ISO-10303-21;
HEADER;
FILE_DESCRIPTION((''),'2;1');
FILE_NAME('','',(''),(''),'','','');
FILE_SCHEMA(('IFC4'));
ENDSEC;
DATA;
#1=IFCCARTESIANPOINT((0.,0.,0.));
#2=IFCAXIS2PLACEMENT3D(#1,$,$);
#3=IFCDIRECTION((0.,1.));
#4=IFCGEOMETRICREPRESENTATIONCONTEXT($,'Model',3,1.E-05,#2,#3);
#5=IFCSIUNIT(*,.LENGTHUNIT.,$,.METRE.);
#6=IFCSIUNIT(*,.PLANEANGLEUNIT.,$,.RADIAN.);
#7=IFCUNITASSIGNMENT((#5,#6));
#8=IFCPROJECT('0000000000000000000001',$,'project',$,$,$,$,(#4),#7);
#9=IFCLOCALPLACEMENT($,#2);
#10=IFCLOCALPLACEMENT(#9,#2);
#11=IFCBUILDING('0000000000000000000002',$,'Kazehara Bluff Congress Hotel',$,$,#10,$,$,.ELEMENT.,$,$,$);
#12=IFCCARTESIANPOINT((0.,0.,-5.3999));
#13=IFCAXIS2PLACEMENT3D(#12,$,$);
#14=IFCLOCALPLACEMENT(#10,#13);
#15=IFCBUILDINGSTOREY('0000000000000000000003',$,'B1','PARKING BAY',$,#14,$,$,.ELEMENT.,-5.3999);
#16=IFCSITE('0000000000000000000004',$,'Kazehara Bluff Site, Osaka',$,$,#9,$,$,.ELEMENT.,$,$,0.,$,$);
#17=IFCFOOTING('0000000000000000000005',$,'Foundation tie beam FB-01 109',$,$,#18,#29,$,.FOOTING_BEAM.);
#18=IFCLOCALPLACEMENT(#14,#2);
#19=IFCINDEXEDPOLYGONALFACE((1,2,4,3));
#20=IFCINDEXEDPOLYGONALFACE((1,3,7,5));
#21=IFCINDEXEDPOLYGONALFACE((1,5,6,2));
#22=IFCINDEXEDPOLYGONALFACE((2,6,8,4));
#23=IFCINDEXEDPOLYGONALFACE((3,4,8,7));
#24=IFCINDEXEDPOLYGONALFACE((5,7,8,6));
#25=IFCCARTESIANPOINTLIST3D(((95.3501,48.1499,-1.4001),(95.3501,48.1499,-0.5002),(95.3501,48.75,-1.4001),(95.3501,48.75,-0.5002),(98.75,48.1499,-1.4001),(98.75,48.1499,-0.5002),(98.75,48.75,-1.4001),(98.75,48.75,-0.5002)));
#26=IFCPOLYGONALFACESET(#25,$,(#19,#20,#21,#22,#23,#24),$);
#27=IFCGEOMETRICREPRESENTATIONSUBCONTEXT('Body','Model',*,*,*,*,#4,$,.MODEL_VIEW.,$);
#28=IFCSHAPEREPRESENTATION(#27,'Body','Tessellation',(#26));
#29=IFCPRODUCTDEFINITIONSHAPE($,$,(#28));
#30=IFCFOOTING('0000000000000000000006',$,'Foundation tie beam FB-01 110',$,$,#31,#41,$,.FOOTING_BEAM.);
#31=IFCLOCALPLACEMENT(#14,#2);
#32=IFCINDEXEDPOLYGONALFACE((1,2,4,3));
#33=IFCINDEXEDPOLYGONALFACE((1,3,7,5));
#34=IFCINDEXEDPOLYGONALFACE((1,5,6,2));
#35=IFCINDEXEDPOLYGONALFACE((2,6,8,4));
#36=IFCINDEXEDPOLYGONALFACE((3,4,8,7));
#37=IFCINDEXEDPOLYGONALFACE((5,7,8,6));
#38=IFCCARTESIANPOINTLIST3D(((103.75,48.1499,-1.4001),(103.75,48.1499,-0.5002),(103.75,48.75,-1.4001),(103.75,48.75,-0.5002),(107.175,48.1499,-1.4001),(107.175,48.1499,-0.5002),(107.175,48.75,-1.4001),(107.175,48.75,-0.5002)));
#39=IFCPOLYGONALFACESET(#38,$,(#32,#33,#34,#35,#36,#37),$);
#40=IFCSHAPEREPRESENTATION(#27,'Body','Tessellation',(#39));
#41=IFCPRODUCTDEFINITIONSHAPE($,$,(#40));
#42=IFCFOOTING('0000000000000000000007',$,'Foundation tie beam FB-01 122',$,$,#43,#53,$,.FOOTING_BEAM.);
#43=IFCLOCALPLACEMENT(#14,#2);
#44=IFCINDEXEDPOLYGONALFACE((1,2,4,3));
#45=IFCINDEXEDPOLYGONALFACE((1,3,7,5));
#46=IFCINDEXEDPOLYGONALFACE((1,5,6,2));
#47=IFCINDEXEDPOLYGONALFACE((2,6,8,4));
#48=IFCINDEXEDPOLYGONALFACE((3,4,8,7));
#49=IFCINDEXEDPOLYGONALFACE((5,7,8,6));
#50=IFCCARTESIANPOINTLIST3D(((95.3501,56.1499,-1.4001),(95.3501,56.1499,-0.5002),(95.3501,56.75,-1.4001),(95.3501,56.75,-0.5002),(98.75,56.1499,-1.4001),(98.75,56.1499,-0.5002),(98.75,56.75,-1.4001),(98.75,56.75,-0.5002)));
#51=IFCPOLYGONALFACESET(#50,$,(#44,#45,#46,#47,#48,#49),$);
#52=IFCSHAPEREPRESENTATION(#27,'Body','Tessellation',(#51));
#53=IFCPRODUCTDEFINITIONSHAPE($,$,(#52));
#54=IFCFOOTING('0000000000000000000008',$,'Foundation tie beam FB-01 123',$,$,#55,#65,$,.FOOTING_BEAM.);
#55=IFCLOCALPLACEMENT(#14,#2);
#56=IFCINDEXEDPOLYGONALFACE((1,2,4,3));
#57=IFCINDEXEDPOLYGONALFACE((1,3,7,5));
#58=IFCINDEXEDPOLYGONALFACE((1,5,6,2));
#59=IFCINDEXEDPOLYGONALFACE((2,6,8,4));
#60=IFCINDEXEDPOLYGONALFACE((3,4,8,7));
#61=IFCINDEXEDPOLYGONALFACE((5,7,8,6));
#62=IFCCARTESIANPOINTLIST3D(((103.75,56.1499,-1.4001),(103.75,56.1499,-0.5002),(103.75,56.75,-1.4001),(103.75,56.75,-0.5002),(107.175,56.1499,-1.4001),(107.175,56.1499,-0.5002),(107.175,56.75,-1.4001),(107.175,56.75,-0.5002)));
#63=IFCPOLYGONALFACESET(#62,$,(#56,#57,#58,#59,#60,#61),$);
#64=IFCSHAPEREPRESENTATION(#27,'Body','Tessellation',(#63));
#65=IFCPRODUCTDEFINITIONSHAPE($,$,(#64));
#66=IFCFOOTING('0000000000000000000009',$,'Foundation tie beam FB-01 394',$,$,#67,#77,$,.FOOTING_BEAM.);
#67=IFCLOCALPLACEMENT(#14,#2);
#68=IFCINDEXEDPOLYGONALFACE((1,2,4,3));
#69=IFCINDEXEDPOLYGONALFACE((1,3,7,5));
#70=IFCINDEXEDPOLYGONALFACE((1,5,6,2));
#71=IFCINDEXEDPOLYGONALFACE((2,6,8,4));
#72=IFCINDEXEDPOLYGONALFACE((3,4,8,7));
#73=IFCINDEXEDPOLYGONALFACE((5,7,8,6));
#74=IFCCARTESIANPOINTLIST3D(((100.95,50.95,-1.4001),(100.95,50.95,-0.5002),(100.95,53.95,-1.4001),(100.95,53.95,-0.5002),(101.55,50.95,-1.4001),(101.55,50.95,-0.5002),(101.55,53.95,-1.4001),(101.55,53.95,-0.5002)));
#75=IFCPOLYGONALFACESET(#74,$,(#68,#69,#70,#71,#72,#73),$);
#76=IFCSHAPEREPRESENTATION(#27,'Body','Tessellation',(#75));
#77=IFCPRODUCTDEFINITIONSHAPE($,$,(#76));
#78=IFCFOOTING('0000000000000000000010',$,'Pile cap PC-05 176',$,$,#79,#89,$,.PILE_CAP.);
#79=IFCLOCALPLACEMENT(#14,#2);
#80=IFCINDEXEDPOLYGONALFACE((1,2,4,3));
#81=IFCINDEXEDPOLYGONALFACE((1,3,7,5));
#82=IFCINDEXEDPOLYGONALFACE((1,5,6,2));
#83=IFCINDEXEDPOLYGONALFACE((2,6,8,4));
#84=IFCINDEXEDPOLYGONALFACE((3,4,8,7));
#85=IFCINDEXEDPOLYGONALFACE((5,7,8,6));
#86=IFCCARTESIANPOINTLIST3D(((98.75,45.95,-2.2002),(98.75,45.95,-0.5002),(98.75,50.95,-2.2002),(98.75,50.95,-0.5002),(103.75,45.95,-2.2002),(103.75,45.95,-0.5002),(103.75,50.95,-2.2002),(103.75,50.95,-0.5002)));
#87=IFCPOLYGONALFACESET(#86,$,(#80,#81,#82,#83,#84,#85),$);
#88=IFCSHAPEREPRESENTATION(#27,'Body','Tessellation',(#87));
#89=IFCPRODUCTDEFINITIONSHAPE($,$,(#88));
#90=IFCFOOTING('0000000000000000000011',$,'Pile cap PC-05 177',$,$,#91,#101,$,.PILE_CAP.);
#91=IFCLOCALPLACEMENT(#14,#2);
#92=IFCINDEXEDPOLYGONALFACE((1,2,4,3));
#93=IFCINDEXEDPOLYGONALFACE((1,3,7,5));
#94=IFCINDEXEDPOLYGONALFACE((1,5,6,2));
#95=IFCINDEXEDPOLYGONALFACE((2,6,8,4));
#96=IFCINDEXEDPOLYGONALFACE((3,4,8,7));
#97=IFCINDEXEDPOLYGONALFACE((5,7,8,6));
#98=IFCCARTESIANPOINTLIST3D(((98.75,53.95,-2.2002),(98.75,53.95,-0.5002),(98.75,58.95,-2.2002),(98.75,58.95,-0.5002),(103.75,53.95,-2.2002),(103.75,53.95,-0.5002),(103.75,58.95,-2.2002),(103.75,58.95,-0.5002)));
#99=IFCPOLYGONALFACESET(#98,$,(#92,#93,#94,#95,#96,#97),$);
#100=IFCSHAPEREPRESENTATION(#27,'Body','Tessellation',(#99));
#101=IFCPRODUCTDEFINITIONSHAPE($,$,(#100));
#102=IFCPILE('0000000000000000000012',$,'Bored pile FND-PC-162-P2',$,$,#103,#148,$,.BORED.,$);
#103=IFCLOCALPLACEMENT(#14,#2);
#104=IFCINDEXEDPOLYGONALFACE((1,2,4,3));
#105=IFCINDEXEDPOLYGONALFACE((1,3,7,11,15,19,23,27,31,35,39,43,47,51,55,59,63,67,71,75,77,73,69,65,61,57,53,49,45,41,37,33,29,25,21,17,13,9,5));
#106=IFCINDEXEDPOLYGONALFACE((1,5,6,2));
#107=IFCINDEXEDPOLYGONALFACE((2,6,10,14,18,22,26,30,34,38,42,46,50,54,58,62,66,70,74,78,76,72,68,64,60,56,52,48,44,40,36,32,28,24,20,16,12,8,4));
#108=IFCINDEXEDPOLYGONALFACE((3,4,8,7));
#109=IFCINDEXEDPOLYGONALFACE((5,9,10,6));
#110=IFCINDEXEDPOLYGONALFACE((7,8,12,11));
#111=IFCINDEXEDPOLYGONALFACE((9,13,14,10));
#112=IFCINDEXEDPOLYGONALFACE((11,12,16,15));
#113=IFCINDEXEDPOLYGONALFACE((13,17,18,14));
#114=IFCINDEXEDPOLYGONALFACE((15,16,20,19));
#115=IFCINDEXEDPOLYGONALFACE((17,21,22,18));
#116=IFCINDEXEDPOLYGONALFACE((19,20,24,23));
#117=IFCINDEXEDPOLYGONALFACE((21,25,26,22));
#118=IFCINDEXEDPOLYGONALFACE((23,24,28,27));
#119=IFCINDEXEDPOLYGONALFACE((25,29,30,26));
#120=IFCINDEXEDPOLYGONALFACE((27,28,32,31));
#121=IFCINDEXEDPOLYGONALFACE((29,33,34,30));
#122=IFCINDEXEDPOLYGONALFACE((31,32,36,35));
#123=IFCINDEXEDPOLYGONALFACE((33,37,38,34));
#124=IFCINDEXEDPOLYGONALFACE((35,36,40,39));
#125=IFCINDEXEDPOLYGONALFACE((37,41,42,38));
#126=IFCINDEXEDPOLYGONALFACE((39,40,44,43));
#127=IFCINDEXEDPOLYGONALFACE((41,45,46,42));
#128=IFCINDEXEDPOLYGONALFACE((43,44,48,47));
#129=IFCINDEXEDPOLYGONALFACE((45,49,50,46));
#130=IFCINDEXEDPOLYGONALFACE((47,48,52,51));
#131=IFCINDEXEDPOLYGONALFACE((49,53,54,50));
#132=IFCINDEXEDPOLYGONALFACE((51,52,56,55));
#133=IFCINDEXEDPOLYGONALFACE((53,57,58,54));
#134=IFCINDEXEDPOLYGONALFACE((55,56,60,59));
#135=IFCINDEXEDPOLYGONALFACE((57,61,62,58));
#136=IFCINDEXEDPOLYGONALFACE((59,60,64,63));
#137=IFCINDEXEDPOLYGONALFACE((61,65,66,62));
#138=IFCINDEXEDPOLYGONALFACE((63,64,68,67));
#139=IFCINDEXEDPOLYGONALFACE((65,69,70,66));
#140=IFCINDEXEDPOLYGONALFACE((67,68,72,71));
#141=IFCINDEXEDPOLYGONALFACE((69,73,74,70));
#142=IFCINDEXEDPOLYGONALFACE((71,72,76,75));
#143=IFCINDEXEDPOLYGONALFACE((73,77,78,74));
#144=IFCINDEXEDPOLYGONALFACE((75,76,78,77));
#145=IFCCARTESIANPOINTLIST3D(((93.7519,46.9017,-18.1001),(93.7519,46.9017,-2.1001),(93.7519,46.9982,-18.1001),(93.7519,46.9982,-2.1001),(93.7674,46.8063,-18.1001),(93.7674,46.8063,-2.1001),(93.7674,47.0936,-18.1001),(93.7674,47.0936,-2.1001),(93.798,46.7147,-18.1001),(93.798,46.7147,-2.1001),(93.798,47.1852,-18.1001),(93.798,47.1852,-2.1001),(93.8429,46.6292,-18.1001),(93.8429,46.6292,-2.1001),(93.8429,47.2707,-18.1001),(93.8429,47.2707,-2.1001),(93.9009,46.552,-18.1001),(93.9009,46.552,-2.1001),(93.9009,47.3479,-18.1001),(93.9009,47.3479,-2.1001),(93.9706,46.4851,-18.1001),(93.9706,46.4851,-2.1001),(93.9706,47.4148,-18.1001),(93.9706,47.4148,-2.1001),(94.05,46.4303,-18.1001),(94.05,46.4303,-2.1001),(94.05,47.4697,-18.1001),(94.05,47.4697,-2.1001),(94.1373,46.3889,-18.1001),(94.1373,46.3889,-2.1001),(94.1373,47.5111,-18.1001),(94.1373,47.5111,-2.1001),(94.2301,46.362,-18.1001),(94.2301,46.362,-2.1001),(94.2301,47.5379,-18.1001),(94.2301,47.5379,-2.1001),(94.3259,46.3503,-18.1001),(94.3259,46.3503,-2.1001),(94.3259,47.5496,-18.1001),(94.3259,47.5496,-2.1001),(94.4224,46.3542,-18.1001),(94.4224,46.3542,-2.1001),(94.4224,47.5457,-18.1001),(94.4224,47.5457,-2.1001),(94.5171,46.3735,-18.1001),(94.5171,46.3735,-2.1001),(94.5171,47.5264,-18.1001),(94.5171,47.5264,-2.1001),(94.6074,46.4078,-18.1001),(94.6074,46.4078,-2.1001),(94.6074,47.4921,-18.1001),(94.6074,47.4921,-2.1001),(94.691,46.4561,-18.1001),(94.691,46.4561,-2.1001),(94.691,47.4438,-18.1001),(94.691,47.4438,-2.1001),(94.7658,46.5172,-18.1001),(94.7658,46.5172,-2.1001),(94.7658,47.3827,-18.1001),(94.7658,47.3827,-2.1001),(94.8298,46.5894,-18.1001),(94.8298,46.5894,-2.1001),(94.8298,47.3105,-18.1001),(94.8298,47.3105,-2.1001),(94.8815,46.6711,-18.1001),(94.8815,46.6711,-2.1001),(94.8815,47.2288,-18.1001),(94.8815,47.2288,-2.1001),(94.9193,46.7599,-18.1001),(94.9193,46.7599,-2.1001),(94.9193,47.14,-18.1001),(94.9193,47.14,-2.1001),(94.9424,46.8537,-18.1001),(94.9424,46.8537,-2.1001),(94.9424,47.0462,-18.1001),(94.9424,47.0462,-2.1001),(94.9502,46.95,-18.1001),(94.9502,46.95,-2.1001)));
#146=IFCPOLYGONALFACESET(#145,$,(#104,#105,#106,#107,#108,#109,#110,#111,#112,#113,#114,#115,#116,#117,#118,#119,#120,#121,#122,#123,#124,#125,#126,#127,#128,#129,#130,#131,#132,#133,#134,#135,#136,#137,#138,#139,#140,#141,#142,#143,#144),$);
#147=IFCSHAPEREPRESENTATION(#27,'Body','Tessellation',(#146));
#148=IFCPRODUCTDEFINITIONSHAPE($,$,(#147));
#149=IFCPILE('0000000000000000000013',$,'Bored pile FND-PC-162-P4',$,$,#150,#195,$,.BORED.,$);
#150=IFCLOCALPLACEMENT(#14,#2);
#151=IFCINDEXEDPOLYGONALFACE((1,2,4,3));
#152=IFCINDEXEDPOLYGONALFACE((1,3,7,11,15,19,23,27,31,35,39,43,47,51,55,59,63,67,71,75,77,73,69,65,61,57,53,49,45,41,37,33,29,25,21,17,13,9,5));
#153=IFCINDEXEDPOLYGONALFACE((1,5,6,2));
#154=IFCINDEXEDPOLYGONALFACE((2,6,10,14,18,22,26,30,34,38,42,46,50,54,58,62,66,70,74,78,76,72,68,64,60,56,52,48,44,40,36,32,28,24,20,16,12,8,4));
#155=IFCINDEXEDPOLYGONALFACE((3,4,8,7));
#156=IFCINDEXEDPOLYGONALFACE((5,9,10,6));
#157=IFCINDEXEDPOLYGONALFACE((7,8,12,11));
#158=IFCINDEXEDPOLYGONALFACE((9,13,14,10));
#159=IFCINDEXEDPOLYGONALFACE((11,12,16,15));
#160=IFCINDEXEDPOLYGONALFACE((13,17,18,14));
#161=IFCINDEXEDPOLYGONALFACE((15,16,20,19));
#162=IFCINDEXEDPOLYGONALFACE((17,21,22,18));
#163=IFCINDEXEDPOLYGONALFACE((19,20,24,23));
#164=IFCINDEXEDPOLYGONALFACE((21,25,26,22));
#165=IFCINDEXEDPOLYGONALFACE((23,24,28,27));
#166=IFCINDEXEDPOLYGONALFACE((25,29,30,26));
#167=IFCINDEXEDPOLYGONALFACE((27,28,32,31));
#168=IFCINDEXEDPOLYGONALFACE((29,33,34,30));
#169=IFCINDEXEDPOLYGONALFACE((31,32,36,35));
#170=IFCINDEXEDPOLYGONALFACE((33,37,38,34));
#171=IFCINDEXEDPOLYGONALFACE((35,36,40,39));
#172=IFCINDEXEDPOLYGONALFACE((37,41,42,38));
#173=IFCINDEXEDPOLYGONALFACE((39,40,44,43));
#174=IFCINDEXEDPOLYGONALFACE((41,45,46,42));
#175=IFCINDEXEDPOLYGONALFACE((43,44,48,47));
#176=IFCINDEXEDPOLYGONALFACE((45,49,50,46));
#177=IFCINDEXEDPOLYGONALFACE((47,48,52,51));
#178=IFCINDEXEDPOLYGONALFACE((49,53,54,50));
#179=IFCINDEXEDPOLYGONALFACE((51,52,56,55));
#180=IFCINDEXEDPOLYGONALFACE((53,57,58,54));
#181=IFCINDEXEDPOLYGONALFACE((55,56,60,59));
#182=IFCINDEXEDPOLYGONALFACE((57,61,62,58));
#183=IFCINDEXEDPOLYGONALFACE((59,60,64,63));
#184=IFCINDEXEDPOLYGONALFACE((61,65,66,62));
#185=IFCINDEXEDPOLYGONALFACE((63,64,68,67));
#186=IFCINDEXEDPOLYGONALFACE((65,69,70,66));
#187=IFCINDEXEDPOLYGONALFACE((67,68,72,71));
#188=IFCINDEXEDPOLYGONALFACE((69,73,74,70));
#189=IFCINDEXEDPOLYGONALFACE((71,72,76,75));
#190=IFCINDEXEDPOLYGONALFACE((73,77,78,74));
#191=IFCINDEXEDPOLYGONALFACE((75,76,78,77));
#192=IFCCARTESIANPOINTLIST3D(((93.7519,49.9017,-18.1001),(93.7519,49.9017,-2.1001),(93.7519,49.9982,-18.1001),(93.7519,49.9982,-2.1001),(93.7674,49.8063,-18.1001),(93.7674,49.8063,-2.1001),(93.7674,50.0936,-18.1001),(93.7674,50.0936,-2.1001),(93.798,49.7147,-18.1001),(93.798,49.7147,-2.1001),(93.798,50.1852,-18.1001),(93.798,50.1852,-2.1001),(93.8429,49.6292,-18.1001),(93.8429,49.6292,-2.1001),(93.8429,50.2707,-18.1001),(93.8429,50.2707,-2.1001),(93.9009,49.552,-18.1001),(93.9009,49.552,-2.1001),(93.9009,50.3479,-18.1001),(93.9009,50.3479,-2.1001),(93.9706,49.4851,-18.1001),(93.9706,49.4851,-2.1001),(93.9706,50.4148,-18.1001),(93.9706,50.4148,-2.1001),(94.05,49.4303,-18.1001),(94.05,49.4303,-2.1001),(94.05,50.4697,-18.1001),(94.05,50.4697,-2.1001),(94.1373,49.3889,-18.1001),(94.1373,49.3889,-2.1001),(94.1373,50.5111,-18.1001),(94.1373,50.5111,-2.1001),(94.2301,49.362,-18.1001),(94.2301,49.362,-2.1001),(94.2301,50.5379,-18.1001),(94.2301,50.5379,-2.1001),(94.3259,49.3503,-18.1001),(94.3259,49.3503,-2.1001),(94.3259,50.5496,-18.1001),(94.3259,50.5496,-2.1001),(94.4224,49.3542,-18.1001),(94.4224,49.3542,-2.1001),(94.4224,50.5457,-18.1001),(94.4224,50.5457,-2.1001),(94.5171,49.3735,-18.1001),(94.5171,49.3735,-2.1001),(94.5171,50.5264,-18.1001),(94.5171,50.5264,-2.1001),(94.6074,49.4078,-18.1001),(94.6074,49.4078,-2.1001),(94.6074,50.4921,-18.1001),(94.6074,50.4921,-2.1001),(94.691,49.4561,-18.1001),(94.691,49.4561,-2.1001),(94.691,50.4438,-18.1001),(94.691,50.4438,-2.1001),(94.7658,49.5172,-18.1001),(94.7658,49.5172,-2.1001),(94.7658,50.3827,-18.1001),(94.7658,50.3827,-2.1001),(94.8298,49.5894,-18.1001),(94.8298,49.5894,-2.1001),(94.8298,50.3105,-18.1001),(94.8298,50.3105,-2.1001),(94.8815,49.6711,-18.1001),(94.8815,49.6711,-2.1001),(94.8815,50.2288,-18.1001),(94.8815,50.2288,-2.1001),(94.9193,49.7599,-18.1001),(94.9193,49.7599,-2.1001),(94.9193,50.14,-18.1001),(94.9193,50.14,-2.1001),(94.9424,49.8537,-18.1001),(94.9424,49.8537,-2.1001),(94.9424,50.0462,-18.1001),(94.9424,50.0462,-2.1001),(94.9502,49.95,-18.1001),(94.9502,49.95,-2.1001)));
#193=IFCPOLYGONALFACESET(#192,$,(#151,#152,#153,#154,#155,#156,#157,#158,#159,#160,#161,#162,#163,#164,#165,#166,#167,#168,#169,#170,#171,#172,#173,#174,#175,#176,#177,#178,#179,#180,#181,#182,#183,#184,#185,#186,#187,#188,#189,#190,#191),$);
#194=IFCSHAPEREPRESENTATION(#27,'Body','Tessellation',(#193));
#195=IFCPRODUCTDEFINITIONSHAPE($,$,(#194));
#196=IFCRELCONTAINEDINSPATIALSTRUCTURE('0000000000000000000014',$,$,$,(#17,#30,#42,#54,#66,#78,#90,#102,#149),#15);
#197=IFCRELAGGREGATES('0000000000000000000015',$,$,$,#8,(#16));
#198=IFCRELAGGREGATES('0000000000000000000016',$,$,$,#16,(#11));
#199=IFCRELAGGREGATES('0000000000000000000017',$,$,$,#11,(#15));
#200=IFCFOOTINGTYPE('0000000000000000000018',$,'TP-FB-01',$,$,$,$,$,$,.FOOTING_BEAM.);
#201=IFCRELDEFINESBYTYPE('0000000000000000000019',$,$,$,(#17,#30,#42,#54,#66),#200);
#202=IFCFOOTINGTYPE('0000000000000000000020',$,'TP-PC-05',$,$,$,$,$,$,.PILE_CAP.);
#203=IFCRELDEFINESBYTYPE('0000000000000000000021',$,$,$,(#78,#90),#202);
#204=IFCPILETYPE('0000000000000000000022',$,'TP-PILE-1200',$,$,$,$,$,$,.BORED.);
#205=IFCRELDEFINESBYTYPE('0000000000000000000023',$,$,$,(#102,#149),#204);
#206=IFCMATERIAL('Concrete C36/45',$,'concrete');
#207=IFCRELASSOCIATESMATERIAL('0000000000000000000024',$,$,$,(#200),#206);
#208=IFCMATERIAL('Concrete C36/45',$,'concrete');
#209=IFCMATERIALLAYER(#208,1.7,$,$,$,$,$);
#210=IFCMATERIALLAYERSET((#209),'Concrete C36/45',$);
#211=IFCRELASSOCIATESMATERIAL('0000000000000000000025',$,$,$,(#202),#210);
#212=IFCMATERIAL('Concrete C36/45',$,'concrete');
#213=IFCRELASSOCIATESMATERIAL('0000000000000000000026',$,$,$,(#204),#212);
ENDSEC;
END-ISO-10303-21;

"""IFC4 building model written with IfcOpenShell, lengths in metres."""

from ifc_helpers import new_model, si_unit, direction, frame, origin, origin_2d, place, context, subcontext, project, spatial, rectangle, circle, extrude, material, layer, layer_set, material_profile, profile_set, type_object, element, save


model = new_model("IFC4")

# Units and contexts
model_context = context("Model", 3, precision=1e-05, world=origin(), true_north=direction((0.0, 1.0)))
body_context = subcontext(model_context, "Body", "Model", "MODEL_VIEW")
ifc_project = project(units=[si_unit("LENGTHUNIT", "METRE"), si_unit("PLANEANGLEUNIT", "RADIAN")], contexts=[model_context])

# Site, building, storey
site_placement = place(None, origin())
site = spatial("IfcSite", under=ifc_project, at=site_placement, Name="Kazehara Bluff Site, Osaka", CompositionType="ELEMENT", RefElevation=0.0)
building_placement = place(site_placement, origin())
building = spatial("IfcBuilding", under=site, at=building_placement, Name="Kazehara Bluff Congress Hotel", CompositionType="ELEMENT")
storey_placement = place(building_placement, frame((0.0, 0.0, -5.3999)))
storey = spatial("IfcBuildingStorey", under=building, at=storey_placement, Name="B1", Description="PARKING BAY", CompositionType="ELEMENT", Elevation=-5.3999)

# Footings
ifc_material_1 = material(Name="Concrete C36/45", Category="concrete")
ifc_material_profile_1 = material_profile(ifc_material_1, rectangle(XDim=0.6001, YDim=0.8999, at=origin_2d()))
ifc_profile_set_1 = profile_set([ifc_material_profile_1], Name="Concrete C36/45")
footing_type_1 = type_object("IfcFootingType", Name="TP-FB-01", PredefinedType="FOOTING_BEAM", material=ifc_profile_set_1)
footing_1_placement = place(storey_placement, frame((95.3501, 48.45, -0.9502), z_axis=(1.0, 0.0, 0.0), x_axis=(0.0, 1.0, 0.0)))
element("IfcFooting", 1, at=footing_1_placement, inside=storey, type_object=footing_type_1, Name="Foundation tie beam FB-01 109", PredefinedType="FOOTING_BEAM", context=body_context, shape_type="SweptSolid", body=[
    extrude(rectangle(XDim=0.6001, YDim=0.8999, at=origin_2d()), origin(), (0.0, 0.0, 1.0), 3.3999),
])
footing_2_placement = place(storey_placement, frame((103.75, 48.45, -0.9502), z_axis=(1.0, 0.0, 0.0), x_axis=(0.0, 1.0, 0.0)))
element("IfcFooting", 2, at=footing_2_placement, inside=storey, type_object=footing_type_1, Name="Foundation tie beam FB-01 110", PredefinedType="FOOTING_BEAM", context=body_context, shape_type="SweptSolid", body=[
    extrude(rectangle(XDim=0.6001, YDim=0.8999, at=origin_2d()), origin(), (0.0, 0.0, 1.0), 3.425),
])
footing_3_placement = place(storey_placement, frame((95.3501, 56.45, -0.9502), z_axis=(1.0, 0.0, 0.0), x_axis=(0.0, 1.0, 0.0)))
element("IfcFooting", 3, at=footing_3_placement, inside=storey, type_object=footing_type_1, Name="Foundation tie beam FB-01 122", PredefinedType="FOOTING_BEAM", context=body_context, shape_type="SweptSolid", body=[
    extrude(rectangle(XDim=0.6001, YDim=0.8999, at=origin_2d()), origin(), (0.0, 0.0, 1.0), 3.3999),
])
footing_4_placement = place(storey_placement, frame((103.75, 56.45, -0.9502), z_axis=(1.0, 0.0, 0.0), x_axis=(0.0, 1.0, 0.0)))
element("IfcFooting", 4, at=footing_4_placement, inside=storey, type_object=footing_type_1, Name="Foundation tie beam FB-01 123", PredefinedType="FOOTING_BEAM", context=body_context, shape_type="SweptSolid", body=[
    extrude(rectangle(XDim=0.6001, YDim=0.8999, at=origin_2d()), origin(), (0.0, 0.0, 1.0), 3.425),
])
footing_5_placement = place(storey_placement, frame((101.25, 50.95, -0.9502), z_axis=(0.0, 1.0, 0.0), x_axis=(-1.0, 0.0, 0.0)))
element("IfcFooting", 5, at=footing_5_placement, inside=storey, type_object=footing_type_1, Name="Foundation tie beam FB-01 394", PredefinedType="FOOTING_BEAM", context=body_context, shape_type="SweptSolid", body=[
    extrude(rectangle(XDim=0.6001, YDim=0.8999, at=origin_2d()), origin(), (0.0, 0.0, 1.0), 3.0),
])
ifc_material_2 = material(Name="Concrete C36/45", Category="concrete")
ifc_layer = layer(ifc_material_2, 1.7)
ifc_layer_set = layer_set([ifc_layer], Name="Concrete C36/45")
footing_type_2 = type_object("IfcFootingType", Name="TP-PC-05", PredefinedType="PILE_CAP", material=ifc_layer_set)
for number, where, z_axis, x_axis, name in (
    (6, (101.25, 48.45, -2.2002), (0.0, 0.0, 1.0), (1.0, 0.0, 0.0), "Pile cap PC-05 176"),
    (7, (101.25, 56.45, -2.2002), (0.0, 0.0, 1.0), (1.0, 0.0, 0.0), "Pile cap PC-05 177"),
):
    element("IfcFooting", number, at=place(storey_placement, frame(where, z_axis=z_axis, x_axis=x_axis)), inside=storey, type_object=footing_type_2, Name=name, PredefinedType="PILE_CAP", context=body_context, shape_type="SweptSolid", body=[
        extrude(rectangle(XDim=5.0, YDim=5.0, at=origin_2d()), origin(), (0.0, 0.0, 1.0), 1.7),
    ])

# Piles
ifc_material_3 = material(Name="Concrete C36/45", Category="concrete")
ifc_material_profile_2 = material_profile(ifc_material_3, circle(Radius=0.6001, at=origin_2d()))
ifc_profile_set_2 = profile_set([ifc_material_profile_2], Name="Concrete C36/45")
pile_type = type_object("IfcPileType", Name="TP-PILE-1200", PredefinedType="BORED", material=ifc_profile_set_2)
for number, where, z_axis, x_axis, name in (
    (8, (94.3501, 46.95, -2.1001), (0.0, 0.0, -1.0), (1.0, 0.0, 0.0), "Bored pile FND-PC-162-P2"),
    (9, (94.3501, 49.95, -2.1001), (0.0, 0.0, -1.0), (1.0, 0.0, 0.0), "Bored pile FND-PC-162-P4"),
):
    element("IfcPile", number, at=place(storey_placement, frame(where, z_axis=z_axis, x_axis=x_axis)), inside=storey, type_object=pile_type, Name=name, PredefinedType="BORED", context=body_context, shape_type="SweptSolid", body=[
        extrude(circle(Radius=0.6001, at=origin_2d()), origin(), (0.0, 0.0, 1.0), 16.0),
    ])

save(model, "model.ifc")
